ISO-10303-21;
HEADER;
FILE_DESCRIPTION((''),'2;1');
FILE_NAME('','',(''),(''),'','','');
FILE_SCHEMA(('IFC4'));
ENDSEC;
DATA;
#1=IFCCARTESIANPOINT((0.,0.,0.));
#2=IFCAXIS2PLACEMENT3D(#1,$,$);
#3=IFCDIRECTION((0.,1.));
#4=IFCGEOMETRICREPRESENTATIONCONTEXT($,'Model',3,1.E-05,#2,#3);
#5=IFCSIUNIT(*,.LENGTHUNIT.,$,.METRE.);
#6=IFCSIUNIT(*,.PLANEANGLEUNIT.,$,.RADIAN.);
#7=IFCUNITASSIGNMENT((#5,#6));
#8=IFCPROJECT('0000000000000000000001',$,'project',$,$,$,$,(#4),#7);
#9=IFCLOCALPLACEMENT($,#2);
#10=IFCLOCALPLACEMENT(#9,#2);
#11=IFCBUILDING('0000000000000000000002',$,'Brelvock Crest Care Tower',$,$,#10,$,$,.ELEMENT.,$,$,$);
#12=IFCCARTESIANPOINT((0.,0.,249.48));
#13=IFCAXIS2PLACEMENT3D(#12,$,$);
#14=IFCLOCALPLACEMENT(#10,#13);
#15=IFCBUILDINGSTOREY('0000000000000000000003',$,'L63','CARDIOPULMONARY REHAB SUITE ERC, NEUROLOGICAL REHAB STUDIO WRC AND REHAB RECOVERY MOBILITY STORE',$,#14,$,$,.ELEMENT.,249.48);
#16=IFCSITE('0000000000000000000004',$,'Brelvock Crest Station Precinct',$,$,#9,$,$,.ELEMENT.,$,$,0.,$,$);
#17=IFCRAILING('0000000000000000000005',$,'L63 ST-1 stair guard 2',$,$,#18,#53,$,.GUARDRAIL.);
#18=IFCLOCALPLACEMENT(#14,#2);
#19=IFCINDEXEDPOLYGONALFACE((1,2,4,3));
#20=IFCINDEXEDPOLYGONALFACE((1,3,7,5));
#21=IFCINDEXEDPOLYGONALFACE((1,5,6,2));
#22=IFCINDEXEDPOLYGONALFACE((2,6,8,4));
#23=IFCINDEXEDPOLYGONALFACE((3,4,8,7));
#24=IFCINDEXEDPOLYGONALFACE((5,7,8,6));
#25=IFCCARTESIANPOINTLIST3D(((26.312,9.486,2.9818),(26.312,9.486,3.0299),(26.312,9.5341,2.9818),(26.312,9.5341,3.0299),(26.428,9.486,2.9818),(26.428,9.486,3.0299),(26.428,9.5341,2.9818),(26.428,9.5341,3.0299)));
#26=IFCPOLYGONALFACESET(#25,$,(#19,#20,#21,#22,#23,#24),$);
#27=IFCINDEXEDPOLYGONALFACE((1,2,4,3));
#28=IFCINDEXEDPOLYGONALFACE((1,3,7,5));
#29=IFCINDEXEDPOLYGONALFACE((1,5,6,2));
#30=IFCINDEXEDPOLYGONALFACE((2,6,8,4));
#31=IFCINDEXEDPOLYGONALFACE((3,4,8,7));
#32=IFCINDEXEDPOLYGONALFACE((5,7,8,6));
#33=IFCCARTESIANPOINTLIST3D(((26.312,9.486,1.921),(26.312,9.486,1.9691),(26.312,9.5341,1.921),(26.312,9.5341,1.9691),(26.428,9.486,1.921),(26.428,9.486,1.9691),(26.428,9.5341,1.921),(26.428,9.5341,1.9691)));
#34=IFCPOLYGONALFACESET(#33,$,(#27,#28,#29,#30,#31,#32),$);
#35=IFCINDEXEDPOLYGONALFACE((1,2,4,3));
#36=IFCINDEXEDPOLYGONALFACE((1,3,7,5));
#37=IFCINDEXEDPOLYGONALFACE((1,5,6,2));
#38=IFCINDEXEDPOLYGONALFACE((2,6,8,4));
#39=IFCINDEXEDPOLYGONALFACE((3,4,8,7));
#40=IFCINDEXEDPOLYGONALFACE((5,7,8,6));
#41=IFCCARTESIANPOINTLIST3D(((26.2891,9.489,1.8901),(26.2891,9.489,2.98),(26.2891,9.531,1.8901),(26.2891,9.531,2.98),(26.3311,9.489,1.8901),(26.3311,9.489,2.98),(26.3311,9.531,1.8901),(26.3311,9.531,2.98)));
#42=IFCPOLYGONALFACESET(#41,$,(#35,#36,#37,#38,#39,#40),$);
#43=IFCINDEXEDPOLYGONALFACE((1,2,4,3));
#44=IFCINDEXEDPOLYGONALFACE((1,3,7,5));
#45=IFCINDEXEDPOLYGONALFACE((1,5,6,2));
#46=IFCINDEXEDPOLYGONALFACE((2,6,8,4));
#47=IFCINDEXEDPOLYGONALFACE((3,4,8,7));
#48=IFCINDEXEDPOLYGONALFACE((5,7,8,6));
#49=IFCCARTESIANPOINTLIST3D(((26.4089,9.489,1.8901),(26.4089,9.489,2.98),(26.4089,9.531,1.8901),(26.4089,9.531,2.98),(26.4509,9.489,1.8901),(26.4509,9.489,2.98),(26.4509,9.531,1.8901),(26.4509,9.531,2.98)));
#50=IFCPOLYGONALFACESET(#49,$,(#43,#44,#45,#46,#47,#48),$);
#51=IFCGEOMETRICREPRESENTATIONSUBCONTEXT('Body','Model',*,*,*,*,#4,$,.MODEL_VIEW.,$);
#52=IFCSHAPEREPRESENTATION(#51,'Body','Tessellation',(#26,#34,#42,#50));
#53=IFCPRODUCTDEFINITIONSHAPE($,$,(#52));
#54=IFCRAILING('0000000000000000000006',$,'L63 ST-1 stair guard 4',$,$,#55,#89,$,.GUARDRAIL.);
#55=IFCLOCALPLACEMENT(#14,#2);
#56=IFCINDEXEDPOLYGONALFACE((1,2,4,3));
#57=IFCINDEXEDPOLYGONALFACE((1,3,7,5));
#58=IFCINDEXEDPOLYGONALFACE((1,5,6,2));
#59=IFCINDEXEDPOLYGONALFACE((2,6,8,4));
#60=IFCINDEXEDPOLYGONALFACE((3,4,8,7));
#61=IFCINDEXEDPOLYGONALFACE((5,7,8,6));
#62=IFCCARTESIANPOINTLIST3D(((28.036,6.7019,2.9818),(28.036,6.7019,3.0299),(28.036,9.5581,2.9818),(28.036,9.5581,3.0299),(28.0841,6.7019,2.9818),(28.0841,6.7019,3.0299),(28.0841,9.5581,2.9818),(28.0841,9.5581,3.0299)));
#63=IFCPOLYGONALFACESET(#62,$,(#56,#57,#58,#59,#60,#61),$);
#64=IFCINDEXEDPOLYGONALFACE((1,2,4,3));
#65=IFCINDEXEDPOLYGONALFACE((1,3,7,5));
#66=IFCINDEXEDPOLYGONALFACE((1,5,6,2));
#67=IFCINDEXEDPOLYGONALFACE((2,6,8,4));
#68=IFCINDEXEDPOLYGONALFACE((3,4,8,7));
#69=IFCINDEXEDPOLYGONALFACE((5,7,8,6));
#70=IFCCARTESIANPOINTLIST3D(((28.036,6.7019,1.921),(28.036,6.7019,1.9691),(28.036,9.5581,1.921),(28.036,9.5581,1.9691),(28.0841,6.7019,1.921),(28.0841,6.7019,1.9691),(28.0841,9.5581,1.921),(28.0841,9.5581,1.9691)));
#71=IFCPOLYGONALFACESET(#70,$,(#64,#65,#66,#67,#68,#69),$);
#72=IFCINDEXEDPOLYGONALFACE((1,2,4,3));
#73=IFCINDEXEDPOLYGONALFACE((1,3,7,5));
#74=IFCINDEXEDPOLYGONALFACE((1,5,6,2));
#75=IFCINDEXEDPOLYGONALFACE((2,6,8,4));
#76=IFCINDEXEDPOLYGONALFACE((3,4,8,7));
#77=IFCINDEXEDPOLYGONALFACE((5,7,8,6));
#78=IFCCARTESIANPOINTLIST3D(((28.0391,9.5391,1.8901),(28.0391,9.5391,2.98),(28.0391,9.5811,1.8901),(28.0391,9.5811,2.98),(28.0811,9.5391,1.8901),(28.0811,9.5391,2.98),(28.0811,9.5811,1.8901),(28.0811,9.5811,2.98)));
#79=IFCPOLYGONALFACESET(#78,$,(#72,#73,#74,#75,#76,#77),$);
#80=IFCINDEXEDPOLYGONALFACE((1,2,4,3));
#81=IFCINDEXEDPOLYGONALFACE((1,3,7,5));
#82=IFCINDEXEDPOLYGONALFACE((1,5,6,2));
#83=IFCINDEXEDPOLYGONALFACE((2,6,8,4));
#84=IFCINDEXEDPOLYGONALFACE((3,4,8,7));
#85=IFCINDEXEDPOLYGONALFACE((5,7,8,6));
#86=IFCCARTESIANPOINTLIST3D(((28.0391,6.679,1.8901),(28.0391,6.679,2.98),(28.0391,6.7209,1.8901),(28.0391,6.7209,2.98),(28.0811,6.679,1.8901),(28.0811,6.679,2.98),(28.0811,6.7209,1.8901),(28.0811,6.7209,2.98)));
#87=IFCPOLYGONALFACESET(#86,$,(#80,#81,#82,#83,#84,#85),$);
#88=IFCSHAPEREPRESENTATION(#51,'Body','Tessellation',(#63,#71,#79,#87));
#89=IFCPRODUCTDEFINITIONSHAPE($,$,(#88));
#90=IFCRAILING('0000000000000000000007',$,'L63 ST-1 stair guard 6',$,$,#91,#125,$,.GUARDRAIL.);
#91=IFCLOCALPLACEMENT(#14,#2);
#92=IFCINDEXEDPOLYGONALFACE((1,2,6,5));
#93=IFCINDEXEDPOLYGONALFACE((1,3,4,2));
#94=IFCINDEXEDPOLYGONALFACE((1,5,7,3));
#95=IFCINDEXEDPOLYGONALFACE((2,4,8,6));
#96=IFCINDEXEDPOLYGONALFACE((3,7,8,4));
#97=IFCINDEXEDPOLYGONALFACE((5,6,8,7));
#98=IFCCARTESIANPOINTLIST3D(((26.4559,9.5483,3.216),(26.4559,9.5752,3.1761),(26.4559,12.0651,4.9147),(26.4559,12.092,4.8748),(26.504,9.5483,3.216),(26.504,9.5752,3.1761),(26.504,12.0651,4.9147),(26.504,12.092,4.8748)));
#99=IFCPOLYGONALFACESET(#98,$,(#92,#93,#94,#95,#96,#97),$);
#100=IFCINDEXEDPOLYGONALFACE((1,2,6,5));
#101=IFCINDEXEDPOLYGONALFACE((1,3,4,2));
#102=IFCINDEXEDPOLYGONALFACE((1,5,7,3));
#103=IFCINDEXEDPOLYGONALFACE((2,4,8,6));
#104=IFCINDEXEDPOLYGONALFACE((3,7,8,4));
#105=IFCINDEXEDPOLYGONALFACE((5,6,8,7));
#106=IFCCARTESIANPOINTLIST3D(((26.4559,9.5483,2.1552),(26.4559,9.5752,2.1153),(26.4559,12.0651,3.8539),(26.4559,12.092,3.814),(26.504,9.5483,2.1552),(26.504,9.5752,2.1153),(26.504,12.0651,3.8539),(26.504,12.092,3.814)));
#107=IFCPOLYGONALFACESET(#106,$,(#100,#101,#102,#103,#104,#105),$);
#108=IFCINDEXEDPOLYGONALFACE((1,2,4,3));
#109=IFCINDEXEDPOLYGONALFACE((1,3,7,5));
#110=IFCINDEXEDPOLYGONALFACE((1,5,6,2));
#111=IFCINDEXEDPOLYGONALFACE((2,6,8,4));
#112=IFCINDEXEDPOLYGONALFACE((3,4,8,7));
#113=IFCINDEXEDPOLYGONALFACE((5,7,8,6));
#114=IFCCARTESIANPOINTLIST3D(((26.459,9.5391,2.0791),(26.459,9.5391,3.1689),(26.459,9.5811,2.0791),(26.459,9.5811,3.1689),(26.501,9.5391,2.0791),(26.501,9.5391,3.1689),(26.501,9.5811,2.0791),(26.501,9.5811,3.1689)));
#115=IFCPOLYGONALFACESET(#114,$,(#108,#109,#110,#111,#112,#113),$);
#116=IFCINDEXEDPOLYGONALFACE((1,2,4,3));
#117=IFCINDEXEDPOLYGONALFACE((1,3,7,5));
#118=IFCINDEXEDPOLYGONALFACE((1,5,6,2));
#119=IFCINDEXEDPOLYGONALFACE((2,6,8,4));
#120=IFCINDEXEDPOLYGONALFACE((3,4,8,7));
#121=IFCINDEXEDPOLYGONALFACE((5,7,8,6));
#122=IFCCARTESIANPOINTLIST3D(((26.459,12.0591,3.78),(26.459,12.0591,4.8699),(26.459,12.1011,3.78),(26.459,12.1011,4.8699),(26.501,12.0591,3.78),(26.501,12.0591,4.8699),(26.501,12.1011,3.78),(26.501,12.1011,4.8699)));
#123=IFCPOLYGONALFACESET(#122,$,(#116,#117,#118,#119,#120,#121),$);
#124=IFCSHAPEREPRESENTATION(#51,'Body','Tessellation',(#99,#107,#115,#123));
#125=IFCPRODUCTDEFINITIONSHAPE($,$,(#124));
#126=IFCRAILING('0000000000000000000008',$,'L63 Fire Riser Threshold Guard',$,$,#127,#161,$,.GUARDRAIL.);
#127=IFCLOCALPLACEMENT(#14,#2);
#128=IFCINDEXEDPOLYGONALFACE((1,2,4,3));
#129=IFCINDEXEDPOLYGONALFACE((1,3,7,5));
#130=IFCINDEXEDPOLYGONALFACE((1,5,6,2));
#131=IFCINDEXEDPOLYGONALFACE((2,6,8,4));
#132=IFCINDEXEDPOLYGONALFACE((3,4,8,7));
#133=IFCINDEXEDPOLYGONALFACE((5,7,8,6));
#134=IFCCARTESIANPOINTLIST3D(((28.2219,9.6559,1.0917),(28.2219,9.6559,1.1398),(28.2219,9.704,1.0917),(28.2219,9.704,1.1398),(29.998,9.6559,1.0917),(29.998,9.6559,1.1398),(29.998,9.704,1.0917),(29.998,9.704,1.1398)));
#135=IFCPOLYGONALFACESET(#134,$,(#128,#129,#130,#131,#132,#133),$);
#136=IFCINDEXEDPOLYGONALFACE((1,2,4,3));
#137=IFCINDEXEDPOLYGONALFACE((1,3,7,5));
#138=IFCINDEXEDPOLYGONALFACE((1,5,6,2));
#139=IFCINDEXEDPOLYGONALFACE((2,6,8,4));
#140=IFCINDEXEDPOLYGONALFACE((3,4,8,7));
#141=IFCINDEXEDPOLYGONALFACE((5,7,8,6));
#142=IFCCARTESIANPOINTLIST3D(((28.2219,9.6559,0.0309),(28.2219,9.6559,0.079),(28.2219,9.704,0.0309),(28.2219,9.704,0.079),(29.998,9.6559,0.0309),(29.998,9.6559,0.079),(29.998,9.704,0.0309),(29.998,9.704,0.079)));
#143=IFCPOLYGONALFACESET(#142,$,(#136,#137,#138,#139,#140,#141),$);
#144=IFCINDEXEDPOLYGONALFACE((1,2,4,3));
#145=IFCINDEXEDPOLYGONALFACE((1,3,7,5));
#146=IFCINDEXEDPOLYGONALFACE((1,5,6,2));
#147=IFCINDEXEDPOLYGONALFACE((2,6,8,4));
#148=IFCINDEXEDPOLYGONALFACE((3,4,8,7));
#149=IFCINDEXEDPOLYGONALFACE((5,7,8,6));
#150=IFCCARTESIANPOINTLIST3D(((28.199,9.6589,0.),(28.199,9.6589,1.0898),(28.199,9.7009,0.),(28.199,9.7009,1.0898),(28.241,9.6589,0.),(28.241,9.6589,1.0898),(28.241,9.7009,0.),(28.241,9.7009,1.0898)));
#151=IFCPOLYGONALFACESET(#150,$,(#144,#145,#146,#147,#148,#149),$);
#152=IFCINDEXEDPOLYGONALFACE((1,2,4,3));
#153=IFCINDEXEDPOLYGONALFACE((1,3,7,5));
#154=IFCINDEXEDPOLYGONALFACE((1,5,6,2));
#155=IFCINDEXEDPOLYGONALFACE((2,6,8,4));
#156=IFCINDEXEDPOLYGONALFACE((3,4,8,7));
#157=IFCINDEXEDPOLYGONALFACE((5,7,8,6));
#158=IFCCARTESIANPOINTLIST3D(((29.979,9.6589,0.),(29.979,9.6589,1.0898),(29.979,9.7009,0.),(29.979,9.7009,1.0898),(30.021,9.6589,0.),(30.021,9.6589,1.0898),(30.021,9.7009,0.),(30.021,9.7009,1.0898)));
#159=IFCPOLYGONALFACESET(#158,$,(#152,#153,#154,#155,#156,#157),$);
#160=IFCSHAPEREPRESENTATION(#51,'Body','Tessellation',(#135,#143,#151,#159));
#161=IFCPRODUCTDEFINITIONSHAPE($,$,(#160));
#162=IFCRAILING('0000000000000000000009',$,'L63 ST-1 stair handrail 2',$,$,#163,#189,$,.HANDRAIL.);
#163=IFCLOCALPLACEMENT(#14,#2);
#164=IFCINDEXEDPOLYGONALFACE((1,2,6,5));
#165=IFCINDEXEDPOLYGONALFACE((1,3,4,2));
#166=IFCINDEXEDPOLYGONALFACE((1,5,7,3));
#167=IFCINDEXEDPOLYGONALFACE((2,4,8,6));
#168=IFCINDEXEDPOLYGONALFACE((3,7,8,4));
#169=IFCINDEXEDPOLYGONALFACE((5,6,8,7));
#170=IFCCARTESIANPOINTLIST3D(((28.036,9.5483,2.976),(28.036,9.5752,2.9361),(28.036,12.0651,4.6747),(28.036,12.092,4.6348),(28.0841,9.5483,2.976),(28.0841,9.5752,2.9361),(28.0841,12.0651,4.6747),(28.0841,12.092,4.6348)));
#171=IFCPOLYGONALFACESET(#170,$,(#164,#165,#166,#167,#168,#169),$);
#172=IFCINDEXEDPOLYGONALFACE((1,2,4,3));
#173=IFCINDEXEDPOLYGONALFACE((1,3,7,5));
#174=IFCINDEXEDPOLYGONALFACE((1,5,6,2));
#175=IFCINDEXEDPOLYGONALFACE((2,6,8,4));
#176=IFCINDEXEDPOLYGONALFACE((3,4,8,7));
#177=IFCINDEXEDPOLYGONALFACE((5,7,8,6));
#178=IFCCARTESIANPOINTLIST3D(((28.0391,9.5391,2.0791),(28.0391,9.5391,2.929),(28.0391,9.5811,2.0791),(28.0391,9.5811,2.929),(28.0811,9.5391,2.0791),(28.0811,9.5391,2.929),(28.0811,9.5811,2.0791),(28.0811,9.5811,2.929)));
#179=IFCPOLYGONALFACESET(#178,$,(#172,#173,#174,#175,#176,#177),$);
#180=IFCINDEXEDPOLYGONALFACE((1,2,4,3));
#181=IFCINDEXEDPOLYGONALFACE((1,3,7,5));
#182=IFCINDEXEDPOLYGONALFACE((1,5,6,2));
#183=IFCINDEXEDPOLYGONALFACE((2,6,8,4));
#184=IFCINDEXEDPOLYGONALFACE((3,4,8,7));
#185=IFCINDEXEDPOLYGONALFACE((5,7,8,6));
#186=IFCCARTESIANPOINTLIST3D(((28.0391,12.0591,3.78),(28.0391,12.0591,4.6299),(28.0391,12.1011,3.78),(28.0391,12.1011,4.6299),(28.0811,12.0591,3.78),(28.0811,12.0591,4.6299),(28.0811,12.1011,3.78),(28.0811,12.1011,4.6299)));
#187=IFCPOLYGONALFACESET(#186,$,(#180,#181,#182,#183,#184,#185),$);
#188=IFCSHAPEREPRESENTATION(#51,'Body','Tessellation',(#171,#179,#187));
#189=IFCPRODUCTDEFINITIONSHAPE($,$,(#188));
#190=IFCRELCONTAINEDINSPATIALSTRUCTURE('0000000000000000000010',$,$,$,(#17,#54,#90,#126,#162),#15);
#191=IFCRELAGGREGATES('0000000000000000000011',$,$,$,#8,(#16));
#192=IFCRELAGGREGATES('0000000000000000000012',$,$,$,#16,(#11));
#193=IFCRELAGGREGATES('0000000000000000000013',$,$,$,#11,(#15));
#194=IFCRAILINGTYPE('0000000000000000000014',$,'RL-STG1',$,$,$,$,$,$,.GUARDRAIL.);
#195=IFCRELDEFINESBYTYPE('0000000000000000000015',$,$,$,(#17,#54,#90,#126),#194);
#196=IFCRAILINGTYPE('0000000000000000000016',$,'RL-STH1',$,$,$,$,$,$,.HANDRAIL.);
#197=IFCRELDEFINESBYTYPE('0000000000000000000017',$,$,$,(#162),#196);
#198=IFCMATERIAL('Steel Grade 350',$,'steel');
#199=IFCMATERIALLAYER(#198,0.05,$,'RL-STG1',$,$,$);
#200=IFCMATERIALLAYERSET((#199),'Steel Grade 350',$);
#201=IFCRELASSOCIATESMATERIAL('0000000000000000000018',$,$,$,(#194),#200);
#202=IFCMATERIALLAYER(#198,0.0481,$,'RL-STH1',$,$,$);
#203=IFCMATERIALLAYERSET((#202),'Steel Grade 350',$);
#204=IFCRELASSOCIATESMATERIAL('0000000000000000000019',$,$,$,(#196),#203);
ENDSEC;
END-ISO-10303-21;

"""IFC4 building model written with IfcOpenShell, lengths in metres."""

from ifc_helpers import new_model, si_unit, direction, frame, origin, origin_2d, place, context, subcontext, project, spatial, rectangle, extrude, material, layer, layer_set, type_object, element, save


model = new_model("IFC4")

# Units and contexts
model_context = context("Model", 3, precision=1e-05, world=origin(), true_north=direction((0.0, 1.0)))
body_context = subcontext(model_context, "Body", "Model", "MODEL_VIEW")
ifc_project = project(units=[si_unit("LENGTHUNIT", "METRE"), si_unit("PLANEANGLEUNIT", "RADIAN")], contexts=[model_context])

# Site, building, storey
site_placement = place(None, origin())
site = spatial("IfcSite", under=ifc_project, at=site_placement, Name="Brelvock Crest Station Precinct", CompositionType="ELEMENT", RefElevation=0.0)
building_placement = place(site_placement, origin())
building = spatial("IfcBuilding", under=site, at=building_placement, Name="Brelvock Crest Care Tower", CompositionType="ELEMENT")
storey_placement = place(building_placement, frame((0.0, 0.0, 249.48)))
storey = spatial("IfcBuildingStorey", under=building, at=storey_placement, Name="L63", Description="CARDIOPULMONARY REHAB SUITE ERC, NEUROLOGICAL REHAB STUDIO WRC AND REHAB RECOVERY MOBILITY STORE", CompositionType="ELEMENT", Elevation=249.48)

# Shared definitions
ifc_material_1 = material(Name="Steel Grade 350", Category="steel")

# Railings
ifc_layer_1 = layer(ifc_material_1, 0.05, Name="RL-STG1")
ifc_layer_set_1 = layer_set([ifc_layer_1], Name="Steel Grade 350")
railing_type_1 = type_object("IfcRailingType", Name="RL-STG1", PredefinedType="GUARDRAIL", material=ifc_layer_set_1)
railing_1_placement = place(storey_placement, frame((26.3101, 9.51, 1.8901)))
element("IfcRailing", 1, at=railing_1_placement, inside=storey, type_object=railing_type_1, Name="L63 ST-1 stair guard 2", PredefinedType="GUARDRAIL", context=body_context, shape_type="SweptSolid", body=[
    extrude(rectangle(XDim=0.0481, YDim=0.0481, at=origin_2d()), frame((0.002, 0.0, 1.1157), z_axis=(1.0, 0.0, 0.0), x_axis=(0.0, 1.0, 0.0)), (0.0, 0.0, 1.0), 0.116),
    extrude(rectangle(XDim=0.0481, YDim=0.0481, at=origin_2d()), frame((0.002, 0.0, 0.0549), z_axis=(1.0, 0.0, 0.0), x_axis=(0.0, 1.0, 0.0)), (0.0, 0.0, 1.0), 0.116),
    extrude(rectangle(XDim=0.042, YDim=0.042, at=origin_2d()), origin(), (0.0, 0.0, 1.0), 1.0898),
    extrude(rectangle(XDim=0.042, YDim=0.042, at=origin_2d()), frame((0.1199, 0.0, 0.0)), (0.0, 0.0, 1.0), 1.0898),
])
railing_2_placement = place(storey_placement, frame((28.0601, 9.5601, 1.8901)))
element("IfcRailing", 2, at=railing_2_placement, inside=storey, type_object=railing_type_1, Name="L63 ST-1 stair guard 4", PredefinedType="GUARDRAIL", context=body_context, shape_type="SweptSolid", body=[
    extrude(rectangle(XDim=0.0481, YDim=0.0481, at=origin_2d()), frame((0.0, -0.002, 1.1157), z_axis=(0.0, -1.0, 0.0), x_axis=(1.0, 0.0, 0.0)), (0.0, 0.0, 1.0), 2.8562),
    extrude(rectangle(XDim=0.0481, YDim=0.0481, at=origin_2d()), frame((0.0, -0.002, 0.0549), z_axis=(0.0, -1.0, 0.0), x_axis=(1.0, 0.0, 0.0)), (0.0, 0.0, 1.0), 2.8562),
    extrude(rectangle(XDim=0.042, YDim=0.042, at=origin_2d()), origin(), (0.0, 0.0, 1.0), 1.0898),
    extrude(rectangle(XDim=0.042, YDim=0.042, at=origin_2d()), frame((0.0, -2.8601, 0.0)), (0.0, 0.0, 1.0), 1.0898),
])
railing_3_placement = place(storey_placement, frame((26.48, 9.5601, 2.0791)))
element("IfcRailing", 3, at=railing_3_placement, inside=storey, type_object=railing_type_1, Name="L63 ST-1 stair guard 6", PredefinedType="GUARDRAIL", context=body_context, shape_type="SweptSolid", body=[
    extrude(rectangle(XDim=0.0481, YDim=0.0481, at=origin_2d()), frame((0.0, 0.0017, 1.1169), z_axis=(0.0, 0.828862, 0.559454), x_axis=(-1.0, 0.0, 0.0)), (0.0, 0.0, 1.0), 3.0364),
    extrude(rectangle(XDim=0.0481, YDim=0.0481, at=origin_2d()), frame((0.0, 0.0017, 0.0562), z_axis=(0.0, 0.828862, 0.559454), x_axis=(-1.0, 0.0, 0.0)), (0.0, 0.0, 1.0), 3.0364),
    extrude(rectangle(XDim=0.042, YDim=0.042, at=origin_2d()), origin(), (0.0, 0.0, 1.0), 1.0898),
    extrude(rectangle(XDim=0.042, YDim=0.042, at=origin_2d()), frame((0.0, 2.52, 1.7009)), (0.0, 0.0, 1.0), 1.0898),
])
railing_4_placement = place(storey_placement, frame((28.22, 9.6799, 0.0)))
element("IfcRailing", 4, at=railing_4_placement, inside=storey, type_object=railing_type_1, Name="L63 Fire Riser Threshold Guard", PredefinedType="GUARDRAIL", context=body_context, shape_type="SweptSolid", body=[
    extrude(rectangle(XDim=0.0481, YDim=0.0481, at=origin_2d()), frame((0.002, 0.0, 1.1157), z_axis=(1.0, 0.0, 0.0), x_axis=(0.0, 1.0, 0.0)), (0.0, 0.0, 1.0), 1.7761),
    extrude(rectangle(XDim=0.0481, YDim=0.0481, at=origin_2d()), frame((0.002, 0.0, 0.0549), z_axis=(1.0, 0.0, 0.0), x_axis=(0.0, 1.0, 0.0)), (0.0, 0.0, 1.0), 1.7761),
    extrude(rectangle(XDim=0.042, YDim=0.042, at=origin_2d()), origin(), (0.0, 0.0, 1.0), 1.0898),
    extrude(rectangle(XDim=0.042, YDim=0.042, at=origin_2d()), frame((1.78, 0.0, 0.0)), (0.0, 0.0, 1.0), 1.0898),
])
ifc_layer_2 = layer(ifc_material_1, 0.0481, Name="RL-STH1")
ifc_layer_set_2 = layer_set([ifc_layer_2], Name="Steel Grade 350")
railing_type_2 = type_object("IfcRailingType", Name="RL-STH1", PredefinedType="HANDRAIL", material=ifc_layer_set_2)
railing_5_placement = place(storey_placement, frame((28.0601, 9.5601, 2.0791)))
element("IfcRailing", 5, at=railing_5_placement, inside=storey, type_object=railing_type_2, Name="L63 ST-1 stair handrail 2", PredefinedType="HANDRAIL", context=body_context, shape_type="SweptSolid", body=[
    extrude(rectangle(XDim=0.0481, YDim=0.0481, at=origin_2d()), frame((0.0, 0.0017, 0.877), z_axis=(0.0, 0.828862, 0.559454), x_axis=(-1.0, 0.0, 0.0)), (0.0, 0.0, 1.0), 3.0364),
    extrude(rectangle(XDim=0.042, YDim=0.042, at=origin_2d()), origin(), (0.0, 0.0, 1.0), 0.8499),
    extrude(rectangle(XDim=0.042, YDim=0.042, at=origin_2d()), frame((0.0, 2.52, 1.7009)), (0.0, 0.0, 1.0), 0.8499),
])

save(model, "model.ifc")
